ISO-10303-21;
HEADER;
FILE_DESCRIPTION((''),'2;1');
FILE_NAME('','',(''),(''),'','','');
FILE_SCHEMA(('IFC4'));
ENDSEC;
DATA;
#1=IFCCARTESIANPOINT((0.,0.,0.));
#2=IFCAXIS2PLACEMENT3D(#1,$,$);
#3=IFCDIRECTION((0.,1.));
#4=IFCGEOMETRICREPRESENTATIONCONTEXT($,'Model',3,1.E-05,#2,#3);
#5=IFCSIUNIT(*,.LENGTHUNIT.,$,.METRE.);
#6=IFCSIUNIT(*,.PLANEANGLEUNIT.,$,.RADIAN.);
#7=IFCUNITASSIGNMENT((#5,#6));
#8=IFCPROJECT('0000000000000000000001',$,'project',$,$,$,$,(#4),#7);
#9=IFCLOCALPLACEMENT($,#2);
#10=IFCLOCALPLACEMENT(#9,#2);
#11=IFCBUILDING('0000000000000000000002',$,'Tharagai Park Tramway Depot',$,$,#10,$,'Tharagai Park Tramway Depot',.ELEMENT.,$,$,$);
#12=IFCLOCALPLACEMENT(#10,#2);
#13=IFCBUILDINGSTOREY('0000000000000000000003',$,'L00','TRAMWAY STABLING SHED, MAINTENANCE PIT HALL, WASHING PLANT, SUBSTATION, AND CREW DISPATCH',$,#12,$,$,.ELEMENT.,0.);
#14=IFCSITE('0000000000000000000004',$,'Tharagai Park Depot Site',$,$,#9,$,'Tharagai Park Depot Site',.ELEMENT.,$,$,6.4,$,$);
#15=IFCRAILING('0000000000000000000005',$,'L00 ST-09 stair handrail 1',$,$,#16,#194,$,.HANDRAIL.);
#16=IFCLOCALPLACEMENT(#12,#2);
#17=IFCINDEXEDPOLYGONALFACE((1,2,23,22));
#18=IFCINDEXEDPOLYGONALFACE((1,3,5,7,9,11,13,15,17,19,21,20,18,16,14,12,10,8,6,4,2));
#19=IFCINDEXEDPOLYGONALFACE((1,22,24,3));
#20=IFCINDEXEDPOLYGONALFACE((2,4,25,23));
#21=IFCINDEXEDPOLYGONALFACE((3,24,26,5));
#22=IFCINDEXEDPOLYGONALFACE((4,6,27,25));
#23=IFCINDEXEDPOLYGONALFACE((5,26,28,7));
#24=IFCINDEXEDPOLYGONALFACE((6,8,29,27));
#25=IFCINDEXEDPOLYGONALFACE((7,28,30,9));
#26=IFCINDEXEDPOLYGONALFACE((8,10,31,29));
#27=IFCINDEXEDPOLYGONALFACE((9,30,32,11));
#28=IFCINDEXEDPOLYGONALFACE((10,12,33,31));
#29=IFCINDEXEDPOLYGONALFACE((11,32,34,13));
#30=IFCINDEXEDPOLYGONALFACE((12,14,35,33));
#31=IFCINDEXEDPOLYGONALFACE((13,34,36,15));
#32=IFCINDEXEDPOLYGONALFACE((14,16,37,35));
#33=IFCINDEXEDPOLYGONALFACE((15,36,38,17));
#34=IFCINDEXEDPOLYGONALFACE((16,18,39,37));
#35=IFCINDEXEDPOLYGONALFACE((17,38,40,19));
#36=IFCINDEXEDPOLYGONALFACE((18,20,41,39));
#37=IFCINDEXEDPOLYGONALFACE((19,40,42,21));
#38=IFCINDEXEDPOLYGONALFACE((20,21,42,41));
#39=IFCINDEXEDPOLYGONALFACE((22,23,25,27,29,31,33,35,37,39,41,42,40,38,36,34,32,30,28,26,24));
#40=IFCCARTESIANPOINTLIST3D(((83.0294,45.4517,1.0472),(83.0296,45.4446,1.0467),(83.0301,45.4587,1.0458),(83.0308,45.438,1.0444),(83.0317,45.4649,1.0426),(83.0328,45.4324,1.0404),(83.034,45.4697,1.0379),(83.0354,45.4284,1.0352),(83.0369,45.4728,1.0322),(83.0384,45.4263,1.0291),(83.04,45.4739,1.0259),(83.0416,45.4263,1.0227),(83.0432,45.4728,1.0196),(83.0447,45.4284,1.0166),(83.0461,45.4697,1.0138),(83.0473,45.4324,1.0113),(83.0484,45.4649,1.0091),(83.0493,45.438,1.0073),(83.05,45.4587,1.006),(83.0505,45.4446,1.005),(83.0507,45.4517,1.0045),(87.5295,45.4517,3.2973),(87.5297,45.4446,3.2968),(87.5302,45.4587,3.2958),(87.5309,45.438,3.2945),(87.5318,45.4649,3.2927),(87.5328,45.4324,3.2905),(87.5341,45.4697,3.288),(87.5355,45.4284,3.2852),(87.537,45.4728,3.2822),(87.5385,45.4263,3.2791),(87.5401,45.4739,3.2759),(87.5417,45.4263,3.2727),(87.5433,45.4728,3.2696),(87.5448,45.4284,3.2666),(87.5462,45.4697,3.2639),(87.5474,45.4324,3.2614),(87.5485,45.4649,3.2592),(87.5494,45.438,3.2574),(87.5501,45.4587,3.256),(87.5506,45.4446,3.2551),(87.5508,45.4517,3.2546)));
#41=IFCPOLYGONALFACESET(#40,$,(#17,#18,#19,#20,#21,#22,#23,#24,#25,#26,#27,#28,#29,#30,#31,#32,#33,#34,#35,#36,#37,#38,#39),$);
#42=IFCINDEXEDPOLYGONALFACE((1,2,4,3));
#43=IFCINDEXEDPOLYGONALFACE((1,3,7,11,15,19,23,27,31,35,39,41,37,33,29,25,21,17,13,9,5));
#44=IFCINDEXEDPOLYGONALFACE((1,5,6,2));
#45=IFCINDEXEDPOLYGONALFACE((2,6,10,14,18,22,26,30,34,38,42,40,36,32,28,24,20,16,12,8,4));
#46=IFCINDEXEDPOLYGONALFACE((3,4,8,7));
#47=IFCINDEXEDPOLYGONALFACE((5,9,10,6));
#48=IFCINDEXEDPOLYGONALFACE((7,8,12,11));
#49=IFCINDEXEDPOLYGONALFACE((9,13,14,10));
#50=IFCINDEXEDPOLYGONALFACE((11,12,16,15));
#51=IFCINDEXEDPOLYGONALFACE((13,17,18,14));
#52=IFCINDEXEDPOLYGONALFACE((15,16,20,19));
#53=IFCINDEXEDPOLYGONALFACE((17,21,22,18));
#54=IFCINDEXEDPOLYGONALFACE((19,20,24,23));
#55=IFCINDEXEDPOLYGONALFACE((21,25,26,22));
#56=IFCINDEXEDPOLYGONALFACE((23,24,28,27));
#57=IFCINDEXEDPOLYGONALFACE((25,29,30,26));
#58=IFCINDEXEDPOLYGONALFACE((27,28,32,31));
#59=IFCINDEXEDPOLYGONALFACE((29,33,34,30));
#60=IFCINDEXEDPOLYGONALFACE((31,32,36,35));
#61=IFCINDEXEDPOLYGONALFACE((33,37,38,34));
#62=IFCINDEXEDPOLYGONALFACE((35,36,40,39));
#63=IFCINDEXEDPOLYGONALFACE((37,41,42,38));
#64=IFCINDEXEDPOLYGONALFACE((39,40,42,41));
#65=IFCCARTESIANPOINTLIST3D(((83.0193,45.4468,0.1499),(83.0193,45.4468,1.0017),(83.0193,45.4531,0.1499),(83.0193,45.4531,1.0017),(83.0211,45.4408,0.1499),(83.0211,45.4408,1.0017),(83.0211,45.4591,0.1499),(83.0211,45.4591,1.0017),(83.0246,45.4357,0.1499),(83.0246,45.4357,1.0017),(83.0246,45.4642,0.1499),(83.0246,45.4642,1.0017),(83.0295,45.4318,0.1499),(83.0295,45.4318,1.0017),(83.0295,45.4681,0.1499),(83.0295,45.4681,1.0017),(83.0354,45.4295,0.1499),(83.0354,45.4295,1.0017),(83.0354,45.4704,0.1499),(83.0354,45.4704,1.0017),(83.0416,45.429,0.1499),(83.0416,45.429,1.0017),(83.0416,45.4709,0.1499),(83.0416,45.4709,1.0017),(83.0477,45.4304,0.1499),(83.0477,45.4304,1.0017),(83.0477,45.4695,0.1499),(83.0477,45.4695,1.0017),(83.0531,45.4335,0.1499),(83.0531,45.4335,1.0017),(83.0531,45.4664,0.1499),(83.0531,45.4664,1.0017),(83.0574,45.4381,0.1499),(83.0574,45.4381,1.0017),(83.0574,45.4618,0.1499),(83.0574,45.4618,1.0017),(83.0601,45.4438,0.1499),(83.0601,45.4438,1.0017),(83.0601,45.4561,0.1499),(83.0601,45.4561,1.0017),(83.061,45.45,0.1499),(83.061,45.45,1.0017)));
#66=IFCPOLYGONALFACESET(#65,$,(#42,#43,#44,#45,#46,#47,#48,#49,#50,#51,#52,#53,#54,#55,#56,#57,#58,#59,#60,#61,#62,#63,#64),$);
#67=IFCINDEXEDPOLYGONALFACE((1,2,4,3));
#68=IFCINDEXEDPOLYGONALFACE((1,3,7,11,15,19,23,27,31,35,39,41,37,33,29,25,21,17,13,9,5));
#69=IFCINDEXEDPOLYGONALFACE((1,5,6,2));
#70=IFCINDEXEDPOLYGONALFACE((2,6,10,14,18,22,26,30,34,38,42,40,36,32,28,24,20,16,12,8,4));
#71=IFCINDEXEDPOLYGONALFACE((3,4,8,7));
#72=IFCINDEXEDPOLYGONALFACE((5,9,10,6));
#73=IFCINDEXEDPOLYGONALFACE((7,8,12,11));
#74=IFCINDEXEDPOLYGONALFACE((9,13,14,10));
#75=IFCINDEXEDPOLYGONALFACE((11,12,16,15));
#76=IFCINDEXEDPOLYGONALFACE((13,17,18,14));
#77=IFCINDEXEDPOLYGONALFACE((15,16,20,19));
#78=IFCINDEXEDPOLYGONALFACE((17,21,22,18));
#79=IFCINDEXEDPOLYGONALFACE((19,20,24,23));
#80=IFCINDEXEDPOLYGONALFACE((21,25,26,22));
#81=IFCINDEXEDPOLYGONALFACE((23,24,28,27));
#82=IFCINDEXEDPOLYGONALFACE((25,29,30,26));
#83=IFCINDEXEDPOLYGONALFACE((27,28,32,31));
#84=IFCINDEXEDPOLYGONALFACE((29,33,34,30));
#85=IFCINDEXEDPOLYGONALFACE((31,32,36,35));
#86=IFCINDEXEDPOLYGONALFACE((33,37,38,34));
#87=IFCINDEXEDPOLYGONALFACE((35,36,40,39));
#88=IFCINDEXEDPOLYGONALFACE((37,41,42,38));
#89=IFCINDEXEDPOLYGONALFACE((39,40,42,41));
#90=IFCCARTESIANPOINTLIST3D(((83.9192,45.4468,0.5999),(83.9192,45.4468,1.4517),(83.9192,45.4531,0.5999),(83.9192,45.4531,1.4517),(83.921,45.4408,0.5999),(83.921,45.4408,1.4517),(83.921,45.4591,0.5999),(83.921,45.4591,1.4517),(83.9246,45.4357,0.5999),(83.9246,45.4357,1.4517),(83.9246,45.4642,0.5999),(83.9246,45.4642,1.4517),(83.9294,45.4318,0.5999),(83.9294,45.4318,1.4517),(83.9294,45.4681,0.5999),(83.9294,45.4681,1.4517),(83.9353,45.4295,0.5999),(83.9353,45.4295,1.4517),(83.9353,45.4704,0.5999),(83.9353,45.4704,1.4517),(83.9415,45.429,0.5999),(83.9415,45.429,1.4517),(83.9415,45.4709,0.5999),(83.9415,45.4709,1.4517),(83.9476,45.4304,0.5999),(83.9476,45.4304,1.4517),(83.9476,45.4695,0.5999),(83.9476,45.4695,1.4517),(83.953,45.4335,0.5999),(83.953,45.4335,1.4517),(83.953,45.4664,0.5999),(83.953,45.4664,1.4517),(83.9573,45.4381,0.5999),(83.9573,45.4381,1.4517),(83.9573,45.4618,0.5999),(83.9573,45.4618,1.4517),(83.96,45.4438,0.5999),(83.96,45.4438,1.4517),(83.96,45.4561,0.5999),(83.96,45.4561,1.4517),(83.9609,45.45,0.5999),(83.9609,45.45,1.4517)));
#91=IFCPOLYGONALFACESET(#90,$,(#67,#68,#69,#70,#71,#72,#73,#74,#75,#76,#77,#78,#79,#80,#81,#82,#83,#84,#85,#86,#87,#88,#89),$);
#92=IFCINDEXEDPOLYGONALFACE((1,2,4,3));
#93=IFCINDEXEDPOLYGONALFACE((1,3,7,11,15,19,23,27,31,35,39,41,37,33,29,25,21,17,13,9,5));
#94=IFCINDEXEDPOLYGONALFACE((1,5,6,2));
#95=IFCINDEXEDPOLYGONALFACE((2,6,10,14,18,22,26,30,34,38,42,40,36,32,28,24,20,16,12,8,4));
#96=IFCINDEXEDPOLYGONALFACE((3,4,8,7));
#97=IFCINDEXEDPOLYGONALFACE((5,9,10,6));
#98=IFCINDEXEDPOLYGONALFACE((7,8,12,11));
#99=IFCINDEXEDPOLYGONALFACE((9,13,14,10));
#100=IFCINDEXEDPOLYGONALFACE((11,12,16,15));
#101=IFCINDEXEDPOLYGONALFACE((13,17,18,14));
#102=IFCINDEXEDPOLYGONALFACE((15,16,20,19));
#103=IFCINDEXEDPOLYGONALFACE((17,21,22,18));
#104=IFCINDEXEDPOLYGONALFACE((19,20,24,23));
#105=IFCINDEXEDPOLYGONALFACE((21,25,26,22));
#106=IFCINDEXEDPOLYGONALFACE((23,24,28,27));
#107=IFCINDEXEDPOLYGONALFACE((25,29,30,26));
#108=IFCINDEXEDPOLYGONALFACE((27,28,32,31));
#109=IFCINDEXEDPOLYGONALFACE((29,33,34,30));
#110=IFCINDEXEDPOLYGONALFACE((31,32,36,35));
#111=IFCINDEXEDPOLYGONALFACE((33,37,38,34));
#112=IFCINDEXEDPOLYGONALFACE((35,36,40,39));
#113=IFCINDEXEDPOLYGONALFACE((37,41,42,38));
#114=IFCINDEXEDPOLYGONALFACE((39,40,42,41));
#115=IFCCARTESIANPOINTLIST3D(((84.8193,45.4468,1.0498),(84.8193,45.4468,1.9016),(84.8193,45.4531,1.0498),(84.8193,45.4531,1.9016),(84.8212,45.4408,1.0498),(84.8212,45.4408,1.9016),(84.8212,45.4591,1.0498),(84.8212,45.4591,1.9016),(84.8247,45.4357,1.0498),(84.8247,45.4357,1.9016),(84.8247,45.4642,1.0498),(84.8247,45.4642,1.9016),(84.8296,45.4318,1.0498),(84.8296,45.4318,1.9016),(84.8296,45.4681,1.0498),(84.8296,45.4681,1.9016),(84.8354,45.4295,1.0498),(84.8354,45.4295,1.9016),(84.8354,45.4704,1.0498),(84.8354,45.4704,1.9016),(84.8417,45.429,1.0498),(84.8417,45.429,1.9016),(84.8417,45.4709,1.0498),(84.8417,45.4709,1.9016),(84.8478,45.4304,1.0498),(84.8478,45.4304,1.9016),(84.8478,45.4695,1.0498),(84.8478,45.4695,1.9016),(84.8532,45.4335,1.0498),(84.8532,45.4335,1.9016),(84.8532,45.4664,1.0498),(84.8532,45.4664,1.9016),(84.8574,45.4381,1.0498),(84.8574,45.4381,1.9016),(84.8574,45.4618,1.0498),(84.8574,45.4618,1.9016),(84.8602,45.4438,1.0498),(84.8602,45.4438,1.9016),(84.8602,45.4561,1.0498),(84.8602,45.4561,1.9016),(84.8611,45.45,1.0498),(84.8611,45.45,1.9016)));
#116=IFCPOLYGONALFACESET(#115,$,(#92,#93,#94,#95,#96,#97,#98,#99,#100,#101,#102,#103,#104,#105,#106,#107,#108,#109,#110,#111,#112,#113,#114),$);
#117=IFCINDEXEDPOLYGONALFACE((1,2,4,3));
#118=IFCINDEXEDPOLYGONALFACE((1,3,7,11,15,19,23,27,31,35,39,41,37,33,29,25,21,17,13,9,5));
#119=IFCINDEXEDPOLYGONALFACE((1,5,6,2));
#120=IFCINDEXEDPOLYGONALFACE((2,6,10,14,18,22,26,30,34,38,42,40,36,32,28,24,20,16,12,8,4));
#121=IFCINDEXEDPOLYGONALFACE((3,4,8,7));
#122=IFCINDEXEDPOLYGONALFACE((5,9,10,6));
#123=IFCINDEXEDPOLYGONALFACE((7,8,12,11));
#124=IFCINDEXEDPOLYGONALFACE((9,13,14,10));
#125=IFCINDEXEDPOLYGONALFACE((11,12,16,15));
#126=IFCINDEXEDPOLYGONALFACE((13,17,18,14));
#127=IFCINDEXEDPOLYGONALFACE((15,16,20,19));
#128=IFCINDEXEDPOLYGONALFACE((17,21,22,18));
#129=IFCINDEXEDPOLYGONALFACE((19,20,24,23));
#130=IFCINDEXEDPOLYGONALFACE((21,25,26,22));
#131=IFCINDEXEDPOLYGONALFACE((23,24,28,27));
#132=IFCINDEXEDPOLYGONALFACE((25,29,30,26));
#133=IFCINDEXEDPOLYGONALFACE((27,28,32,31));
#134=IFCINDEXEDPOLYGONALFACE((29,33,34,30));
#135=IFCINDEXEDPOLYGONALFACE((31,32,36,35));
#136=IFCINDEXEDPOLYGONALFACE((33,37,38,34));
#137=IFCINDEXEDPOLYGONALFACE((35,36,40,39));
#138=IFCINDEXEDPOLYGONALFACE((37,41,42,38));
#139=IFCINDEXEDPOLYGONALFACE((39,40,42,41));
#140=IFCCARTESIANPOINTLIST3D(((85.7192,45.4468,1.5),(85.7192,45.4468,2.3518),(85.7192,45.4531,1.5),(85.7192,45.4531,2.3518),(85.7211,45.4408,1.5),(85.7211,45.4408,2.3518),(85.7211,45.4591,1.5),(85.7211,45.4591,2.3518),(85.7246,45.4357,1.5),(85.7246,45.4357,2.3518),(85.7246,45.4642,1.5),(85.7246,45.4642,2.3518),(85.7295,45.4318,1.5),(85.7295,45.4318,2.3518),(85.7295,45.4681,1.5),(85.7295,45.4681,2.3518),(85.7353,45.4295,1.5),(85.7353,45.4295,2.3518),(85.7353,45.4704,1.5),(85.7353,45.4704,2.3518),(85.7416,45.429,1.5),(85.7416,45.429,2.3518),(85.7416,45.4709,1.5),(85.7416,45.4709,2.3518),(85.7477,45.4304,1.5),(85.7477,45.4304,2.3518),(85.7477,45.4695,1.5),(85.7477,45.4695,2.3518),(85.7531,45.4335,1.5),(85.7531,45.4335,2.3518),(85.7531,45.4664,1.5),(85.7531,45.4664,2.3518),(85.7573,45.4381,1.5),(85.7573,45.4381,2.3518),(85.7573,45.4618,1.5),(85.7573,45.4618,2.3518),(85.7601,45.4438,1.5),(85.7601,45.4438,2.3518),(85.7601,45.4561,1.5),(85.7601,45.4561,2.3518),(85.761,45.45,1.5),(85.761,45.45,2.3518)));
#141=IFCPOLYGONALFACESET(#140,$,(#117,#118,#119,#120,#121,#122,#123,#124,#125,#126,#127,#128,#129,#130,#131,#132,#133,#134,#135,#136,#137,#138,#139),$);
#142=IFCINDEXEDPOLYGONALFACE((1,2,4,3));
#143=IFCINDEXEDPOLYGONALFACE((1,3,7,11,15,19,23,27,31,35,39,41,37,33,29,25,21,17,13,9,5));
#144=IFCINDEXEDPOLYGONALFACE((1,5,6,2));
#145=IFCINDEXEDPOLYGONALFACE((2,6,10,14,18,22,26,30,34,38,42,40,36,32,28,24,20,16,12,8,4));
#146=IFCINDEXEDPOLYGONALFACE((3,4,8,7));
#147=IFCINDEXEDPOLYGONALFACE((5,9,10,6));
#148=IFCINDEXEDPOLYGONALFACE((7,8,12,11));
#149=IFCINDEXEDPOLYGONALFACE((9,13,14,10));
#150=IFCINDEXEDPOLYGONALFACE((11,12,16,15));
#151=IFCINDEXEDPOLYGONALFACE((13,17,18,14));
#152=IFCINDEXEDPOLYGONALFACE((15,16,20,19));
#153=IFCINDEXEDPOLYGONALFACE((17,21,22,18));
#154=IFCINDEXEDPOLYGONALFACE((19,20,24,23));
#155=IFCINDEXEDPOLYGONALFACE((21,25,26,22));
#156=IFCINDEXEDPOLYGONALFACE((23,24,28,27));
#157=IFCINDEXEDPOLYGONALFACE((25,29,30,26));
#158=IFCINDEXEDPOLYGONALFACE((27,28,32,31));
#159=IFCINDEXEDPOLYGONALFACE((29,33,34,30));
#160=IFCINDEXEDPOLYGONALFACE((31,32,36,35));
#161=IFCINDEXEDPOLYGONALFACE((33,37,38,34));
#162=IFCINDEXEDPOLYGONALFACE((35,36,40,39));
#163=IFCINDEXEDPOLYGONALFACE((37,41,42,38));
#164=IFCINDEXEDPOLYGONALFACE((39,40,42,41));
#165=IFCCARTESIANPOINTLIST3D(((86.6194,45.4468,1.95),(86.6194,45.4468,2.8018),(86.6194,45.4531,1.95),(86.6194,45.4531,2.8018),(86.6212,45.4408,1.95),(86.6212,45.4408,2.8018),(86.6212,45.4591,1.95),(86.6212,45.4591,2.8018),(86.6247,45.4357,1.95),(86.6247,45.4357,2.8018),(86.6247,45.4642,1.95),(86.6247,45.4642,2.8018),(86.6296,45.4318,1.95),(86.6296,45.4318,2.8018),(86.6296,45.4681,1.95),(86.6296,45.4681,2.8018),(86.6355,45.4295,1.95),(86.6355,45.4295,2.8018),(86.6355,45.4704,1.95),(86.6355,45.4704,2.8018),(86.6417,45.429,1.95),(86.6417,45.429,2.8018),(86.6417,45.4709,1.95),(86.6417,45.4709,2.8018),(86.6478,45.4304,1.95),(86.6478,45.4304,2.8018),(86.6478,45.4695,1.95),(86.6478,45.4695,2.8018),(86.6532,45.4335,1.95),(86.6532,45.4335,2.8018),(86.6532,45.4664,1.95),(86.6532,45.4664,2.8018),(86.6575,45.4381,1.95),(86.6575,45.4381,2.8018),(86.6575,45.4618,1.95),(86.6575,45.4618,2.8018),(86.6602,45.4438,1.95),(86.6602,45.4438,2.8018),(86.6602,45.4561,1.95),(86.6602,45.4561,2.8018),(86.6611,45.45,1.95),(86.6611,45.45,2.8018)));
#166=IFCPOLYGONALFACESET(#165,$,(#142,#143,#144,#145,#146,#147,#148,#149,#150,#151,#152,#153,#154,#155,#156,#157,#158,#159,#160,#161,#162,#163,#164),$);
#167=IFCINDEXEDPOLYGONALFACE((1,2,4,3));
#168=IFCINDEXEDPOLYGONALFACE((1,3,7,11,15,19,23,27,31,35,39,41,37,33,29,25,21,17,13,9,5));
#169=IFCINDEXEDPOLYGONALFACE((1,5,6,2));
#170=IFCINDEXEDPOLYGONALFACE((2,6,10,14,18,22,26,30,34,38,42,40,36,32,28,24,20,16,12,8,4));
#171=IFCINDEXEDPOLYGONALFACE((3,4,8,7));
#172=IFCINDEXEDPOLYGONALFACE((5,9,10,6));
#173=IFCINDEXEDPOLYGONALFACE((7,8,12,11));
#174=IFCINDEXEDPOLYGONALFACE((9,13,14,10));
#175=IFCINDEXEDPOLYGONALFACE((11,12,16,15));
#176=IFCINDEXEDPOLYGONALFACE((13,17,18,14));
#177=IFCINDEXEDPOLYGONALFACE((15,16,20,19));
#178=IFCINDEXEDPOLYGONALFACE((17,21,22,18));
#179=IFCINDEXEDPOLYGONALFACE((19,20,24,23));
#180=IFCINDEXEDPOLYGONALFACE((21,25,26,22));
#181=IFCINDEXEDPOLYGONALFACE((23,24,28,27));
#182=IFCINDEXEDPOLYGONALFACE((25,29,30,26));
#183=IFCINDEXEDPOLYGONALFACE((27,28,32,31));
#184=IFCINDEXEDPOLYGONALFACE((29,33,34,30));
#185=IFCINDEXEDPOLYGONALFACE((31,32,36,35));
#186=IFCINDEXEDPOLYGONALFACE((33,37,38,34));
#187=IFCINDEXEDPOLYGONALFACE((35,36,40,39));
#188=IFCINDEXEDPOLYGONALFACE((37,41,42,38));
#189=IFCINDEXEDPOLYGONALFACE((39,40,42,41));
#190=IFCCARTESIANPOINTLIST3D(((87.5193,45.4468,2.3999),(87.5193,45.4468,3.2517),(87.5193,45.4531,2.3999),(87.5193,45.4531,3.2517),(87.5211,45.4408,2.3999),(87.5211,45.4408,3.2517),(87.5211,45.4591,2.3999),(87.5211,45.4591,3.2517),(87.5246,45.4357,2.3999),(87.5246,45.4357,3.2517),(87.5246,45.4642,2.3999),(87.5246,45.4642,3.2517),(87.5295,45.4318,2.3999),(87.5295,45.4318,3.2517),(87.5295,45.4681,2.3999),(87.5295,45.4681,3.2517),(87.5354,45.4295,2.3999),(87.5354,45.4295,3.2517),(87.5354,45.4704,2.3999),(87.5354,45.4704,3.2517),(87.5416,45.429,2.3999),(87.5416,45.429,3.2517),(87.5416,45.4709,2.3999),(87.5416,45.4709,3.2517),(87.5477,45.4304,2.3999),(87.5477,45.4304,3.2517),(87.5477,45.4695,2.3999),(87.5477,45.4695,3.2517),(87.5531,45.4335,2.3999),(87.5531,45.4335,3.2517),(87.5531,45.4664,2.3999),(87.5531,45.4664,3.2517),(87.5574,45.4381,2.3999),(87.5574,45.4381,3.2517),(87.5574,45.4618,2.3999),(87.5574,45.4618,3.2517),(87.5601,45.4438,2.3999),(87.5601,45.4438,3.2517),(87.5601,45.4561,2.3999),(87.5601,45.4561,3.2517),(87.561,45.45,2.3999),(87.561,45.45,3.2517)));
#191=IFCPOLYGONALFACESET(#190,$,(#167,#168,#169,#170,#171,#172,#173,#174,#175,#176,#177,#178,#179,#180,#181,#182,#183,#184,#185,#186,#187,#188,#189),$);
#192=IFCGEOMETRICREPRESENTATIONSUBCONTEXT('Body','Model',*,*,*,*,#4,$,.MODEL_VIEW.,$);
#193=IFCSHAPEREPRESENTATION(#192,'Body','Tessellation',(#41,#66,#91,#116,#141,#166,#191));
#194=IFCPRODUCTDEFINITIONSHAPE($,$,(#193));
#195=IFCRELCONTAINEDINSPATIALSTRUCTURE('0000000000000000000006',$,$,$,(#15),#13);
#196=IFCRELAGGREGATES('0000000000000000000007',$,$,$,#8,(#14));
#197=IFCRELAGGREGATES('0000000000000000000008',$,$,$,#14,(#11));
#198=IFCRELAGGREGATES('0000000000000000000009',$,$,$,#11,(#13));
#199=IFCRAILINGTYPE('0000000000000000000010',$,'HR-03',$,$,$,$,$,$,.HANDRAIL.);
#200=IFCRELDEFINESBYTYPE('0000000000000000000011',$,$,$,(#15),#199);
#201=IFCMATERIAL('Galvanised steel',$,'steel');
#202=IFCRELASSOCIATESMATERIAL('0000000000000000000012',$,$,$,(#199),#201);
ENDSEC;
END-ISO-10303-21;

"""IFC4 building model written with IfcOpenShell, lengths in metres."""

from ifc_helpers import new_model, si_unit, direction, frame, origin, origin_2d, place, context, subcontext, project, spatial, circle, extrude, material, type_object, element, save


model = new_model("IFC4")

# Units and contexts
model_context = context("Model", 3, precision=1e-05, world=origin(), true_north=direction((0.0, 1.0)))
body_context = subcontext(model_context, "Body", "Model", "MODEL_VIEW")
ifc_project = project(units=[si_unit("LENGTHUNIT", "METRE"), si_unit("PLANEANGLEUNIT", "RADIAN")], contexts=[model_context])

# Site, building, storey
site_placement = place(None, origin())
site = spatial("IfcSite", under=ifc_project, at=site_placement, Name="Tharagai Park Depot Site", LongName="Tharagai Park Depot Site", CompositionType="ELEMENT", RefElevation=6.4)
building_placement = place(site_placement, origin())
building = spatial("IfcBuilding", under=site, at=building_placement, Name="Tharagai Park Tramway Depot", LongName="Tharagai Park Tramway Depot", CompositionType="ELEMENT")
storey_placement = place(building_placement, origin())
storey = spatial("IfcBuildingStorey", under=building, at=storey_placement, Name="L00", Description="TRAMWAY STABLING SHED, MAINTENANCE PIT HALL, WASHING PLANT, SUBSTATION, AND CREW DISPATCH", CompositionType="ELEMENT", Elevation=0.0)

# Shared definitions
ifc_material_1 = material(Name="Galvanised steel", Category="steel")

# Railing
railing_type_1 = type_object("IfcRailingType", Name="HR-03", PredefinedType="HANDRAIL", material=ifc_material_1)
railing_1_placement = place(storey_placement, frame((83.04, 45.45, 0.1499)))
element("IfcRailing", 1, at=railing_1_placement, inside=storey, type_object=railing_type_1, Name="L00 ST-09 stair handrail 1", PredefinedType="HANDRAIL", context=body_context, shape_type="SweptSolid", body=[
    extrude(circle(Radius=0.0239, at=origin_2d()), frame((0.0, 0.0, 0.876), z_axis=(0.894427, 0.0, 0.447214), x_axis=(0.0, 1.0, 0.0)), (0.0, 0.0, 1.0), 5.0312),
    extrude(circle(Radius=0.021, at=origin_2d()), origin(), (0.0, 0.0, 1.0), 0.8518),
    extrude(circle(Radius=0.021, at=origin_2d()), frame((0.8999, 0.0, 0.45)), (0.0, 0.0, 1.0), 0.8518),
    extrude(circle(Radius=0.021, at=origin_2d()), frame((1.8, 0.0, 0.8999)), (0.0, 0.0, 1.0), 0.8518),
    extrude(circle(Radius=0.021, at=origin_2d()), frame((2.7, 0.0, 1.3501)), (0.0, 0.0, 1.0), 0.8518),
    extrude(circle(Radius=0.021, at=origin_2d()), frame((3.6001, 0.0, 1.8)), (0.0, 0.0, 1.0), 0.8518),
    extrude(circle(Radius=0.021, at=origin_2d()), frame((4.5, 0.0, 2.25)), (0.0, 0.0, 1.0), 0.8518),
])

save(model, "model.ifc")
